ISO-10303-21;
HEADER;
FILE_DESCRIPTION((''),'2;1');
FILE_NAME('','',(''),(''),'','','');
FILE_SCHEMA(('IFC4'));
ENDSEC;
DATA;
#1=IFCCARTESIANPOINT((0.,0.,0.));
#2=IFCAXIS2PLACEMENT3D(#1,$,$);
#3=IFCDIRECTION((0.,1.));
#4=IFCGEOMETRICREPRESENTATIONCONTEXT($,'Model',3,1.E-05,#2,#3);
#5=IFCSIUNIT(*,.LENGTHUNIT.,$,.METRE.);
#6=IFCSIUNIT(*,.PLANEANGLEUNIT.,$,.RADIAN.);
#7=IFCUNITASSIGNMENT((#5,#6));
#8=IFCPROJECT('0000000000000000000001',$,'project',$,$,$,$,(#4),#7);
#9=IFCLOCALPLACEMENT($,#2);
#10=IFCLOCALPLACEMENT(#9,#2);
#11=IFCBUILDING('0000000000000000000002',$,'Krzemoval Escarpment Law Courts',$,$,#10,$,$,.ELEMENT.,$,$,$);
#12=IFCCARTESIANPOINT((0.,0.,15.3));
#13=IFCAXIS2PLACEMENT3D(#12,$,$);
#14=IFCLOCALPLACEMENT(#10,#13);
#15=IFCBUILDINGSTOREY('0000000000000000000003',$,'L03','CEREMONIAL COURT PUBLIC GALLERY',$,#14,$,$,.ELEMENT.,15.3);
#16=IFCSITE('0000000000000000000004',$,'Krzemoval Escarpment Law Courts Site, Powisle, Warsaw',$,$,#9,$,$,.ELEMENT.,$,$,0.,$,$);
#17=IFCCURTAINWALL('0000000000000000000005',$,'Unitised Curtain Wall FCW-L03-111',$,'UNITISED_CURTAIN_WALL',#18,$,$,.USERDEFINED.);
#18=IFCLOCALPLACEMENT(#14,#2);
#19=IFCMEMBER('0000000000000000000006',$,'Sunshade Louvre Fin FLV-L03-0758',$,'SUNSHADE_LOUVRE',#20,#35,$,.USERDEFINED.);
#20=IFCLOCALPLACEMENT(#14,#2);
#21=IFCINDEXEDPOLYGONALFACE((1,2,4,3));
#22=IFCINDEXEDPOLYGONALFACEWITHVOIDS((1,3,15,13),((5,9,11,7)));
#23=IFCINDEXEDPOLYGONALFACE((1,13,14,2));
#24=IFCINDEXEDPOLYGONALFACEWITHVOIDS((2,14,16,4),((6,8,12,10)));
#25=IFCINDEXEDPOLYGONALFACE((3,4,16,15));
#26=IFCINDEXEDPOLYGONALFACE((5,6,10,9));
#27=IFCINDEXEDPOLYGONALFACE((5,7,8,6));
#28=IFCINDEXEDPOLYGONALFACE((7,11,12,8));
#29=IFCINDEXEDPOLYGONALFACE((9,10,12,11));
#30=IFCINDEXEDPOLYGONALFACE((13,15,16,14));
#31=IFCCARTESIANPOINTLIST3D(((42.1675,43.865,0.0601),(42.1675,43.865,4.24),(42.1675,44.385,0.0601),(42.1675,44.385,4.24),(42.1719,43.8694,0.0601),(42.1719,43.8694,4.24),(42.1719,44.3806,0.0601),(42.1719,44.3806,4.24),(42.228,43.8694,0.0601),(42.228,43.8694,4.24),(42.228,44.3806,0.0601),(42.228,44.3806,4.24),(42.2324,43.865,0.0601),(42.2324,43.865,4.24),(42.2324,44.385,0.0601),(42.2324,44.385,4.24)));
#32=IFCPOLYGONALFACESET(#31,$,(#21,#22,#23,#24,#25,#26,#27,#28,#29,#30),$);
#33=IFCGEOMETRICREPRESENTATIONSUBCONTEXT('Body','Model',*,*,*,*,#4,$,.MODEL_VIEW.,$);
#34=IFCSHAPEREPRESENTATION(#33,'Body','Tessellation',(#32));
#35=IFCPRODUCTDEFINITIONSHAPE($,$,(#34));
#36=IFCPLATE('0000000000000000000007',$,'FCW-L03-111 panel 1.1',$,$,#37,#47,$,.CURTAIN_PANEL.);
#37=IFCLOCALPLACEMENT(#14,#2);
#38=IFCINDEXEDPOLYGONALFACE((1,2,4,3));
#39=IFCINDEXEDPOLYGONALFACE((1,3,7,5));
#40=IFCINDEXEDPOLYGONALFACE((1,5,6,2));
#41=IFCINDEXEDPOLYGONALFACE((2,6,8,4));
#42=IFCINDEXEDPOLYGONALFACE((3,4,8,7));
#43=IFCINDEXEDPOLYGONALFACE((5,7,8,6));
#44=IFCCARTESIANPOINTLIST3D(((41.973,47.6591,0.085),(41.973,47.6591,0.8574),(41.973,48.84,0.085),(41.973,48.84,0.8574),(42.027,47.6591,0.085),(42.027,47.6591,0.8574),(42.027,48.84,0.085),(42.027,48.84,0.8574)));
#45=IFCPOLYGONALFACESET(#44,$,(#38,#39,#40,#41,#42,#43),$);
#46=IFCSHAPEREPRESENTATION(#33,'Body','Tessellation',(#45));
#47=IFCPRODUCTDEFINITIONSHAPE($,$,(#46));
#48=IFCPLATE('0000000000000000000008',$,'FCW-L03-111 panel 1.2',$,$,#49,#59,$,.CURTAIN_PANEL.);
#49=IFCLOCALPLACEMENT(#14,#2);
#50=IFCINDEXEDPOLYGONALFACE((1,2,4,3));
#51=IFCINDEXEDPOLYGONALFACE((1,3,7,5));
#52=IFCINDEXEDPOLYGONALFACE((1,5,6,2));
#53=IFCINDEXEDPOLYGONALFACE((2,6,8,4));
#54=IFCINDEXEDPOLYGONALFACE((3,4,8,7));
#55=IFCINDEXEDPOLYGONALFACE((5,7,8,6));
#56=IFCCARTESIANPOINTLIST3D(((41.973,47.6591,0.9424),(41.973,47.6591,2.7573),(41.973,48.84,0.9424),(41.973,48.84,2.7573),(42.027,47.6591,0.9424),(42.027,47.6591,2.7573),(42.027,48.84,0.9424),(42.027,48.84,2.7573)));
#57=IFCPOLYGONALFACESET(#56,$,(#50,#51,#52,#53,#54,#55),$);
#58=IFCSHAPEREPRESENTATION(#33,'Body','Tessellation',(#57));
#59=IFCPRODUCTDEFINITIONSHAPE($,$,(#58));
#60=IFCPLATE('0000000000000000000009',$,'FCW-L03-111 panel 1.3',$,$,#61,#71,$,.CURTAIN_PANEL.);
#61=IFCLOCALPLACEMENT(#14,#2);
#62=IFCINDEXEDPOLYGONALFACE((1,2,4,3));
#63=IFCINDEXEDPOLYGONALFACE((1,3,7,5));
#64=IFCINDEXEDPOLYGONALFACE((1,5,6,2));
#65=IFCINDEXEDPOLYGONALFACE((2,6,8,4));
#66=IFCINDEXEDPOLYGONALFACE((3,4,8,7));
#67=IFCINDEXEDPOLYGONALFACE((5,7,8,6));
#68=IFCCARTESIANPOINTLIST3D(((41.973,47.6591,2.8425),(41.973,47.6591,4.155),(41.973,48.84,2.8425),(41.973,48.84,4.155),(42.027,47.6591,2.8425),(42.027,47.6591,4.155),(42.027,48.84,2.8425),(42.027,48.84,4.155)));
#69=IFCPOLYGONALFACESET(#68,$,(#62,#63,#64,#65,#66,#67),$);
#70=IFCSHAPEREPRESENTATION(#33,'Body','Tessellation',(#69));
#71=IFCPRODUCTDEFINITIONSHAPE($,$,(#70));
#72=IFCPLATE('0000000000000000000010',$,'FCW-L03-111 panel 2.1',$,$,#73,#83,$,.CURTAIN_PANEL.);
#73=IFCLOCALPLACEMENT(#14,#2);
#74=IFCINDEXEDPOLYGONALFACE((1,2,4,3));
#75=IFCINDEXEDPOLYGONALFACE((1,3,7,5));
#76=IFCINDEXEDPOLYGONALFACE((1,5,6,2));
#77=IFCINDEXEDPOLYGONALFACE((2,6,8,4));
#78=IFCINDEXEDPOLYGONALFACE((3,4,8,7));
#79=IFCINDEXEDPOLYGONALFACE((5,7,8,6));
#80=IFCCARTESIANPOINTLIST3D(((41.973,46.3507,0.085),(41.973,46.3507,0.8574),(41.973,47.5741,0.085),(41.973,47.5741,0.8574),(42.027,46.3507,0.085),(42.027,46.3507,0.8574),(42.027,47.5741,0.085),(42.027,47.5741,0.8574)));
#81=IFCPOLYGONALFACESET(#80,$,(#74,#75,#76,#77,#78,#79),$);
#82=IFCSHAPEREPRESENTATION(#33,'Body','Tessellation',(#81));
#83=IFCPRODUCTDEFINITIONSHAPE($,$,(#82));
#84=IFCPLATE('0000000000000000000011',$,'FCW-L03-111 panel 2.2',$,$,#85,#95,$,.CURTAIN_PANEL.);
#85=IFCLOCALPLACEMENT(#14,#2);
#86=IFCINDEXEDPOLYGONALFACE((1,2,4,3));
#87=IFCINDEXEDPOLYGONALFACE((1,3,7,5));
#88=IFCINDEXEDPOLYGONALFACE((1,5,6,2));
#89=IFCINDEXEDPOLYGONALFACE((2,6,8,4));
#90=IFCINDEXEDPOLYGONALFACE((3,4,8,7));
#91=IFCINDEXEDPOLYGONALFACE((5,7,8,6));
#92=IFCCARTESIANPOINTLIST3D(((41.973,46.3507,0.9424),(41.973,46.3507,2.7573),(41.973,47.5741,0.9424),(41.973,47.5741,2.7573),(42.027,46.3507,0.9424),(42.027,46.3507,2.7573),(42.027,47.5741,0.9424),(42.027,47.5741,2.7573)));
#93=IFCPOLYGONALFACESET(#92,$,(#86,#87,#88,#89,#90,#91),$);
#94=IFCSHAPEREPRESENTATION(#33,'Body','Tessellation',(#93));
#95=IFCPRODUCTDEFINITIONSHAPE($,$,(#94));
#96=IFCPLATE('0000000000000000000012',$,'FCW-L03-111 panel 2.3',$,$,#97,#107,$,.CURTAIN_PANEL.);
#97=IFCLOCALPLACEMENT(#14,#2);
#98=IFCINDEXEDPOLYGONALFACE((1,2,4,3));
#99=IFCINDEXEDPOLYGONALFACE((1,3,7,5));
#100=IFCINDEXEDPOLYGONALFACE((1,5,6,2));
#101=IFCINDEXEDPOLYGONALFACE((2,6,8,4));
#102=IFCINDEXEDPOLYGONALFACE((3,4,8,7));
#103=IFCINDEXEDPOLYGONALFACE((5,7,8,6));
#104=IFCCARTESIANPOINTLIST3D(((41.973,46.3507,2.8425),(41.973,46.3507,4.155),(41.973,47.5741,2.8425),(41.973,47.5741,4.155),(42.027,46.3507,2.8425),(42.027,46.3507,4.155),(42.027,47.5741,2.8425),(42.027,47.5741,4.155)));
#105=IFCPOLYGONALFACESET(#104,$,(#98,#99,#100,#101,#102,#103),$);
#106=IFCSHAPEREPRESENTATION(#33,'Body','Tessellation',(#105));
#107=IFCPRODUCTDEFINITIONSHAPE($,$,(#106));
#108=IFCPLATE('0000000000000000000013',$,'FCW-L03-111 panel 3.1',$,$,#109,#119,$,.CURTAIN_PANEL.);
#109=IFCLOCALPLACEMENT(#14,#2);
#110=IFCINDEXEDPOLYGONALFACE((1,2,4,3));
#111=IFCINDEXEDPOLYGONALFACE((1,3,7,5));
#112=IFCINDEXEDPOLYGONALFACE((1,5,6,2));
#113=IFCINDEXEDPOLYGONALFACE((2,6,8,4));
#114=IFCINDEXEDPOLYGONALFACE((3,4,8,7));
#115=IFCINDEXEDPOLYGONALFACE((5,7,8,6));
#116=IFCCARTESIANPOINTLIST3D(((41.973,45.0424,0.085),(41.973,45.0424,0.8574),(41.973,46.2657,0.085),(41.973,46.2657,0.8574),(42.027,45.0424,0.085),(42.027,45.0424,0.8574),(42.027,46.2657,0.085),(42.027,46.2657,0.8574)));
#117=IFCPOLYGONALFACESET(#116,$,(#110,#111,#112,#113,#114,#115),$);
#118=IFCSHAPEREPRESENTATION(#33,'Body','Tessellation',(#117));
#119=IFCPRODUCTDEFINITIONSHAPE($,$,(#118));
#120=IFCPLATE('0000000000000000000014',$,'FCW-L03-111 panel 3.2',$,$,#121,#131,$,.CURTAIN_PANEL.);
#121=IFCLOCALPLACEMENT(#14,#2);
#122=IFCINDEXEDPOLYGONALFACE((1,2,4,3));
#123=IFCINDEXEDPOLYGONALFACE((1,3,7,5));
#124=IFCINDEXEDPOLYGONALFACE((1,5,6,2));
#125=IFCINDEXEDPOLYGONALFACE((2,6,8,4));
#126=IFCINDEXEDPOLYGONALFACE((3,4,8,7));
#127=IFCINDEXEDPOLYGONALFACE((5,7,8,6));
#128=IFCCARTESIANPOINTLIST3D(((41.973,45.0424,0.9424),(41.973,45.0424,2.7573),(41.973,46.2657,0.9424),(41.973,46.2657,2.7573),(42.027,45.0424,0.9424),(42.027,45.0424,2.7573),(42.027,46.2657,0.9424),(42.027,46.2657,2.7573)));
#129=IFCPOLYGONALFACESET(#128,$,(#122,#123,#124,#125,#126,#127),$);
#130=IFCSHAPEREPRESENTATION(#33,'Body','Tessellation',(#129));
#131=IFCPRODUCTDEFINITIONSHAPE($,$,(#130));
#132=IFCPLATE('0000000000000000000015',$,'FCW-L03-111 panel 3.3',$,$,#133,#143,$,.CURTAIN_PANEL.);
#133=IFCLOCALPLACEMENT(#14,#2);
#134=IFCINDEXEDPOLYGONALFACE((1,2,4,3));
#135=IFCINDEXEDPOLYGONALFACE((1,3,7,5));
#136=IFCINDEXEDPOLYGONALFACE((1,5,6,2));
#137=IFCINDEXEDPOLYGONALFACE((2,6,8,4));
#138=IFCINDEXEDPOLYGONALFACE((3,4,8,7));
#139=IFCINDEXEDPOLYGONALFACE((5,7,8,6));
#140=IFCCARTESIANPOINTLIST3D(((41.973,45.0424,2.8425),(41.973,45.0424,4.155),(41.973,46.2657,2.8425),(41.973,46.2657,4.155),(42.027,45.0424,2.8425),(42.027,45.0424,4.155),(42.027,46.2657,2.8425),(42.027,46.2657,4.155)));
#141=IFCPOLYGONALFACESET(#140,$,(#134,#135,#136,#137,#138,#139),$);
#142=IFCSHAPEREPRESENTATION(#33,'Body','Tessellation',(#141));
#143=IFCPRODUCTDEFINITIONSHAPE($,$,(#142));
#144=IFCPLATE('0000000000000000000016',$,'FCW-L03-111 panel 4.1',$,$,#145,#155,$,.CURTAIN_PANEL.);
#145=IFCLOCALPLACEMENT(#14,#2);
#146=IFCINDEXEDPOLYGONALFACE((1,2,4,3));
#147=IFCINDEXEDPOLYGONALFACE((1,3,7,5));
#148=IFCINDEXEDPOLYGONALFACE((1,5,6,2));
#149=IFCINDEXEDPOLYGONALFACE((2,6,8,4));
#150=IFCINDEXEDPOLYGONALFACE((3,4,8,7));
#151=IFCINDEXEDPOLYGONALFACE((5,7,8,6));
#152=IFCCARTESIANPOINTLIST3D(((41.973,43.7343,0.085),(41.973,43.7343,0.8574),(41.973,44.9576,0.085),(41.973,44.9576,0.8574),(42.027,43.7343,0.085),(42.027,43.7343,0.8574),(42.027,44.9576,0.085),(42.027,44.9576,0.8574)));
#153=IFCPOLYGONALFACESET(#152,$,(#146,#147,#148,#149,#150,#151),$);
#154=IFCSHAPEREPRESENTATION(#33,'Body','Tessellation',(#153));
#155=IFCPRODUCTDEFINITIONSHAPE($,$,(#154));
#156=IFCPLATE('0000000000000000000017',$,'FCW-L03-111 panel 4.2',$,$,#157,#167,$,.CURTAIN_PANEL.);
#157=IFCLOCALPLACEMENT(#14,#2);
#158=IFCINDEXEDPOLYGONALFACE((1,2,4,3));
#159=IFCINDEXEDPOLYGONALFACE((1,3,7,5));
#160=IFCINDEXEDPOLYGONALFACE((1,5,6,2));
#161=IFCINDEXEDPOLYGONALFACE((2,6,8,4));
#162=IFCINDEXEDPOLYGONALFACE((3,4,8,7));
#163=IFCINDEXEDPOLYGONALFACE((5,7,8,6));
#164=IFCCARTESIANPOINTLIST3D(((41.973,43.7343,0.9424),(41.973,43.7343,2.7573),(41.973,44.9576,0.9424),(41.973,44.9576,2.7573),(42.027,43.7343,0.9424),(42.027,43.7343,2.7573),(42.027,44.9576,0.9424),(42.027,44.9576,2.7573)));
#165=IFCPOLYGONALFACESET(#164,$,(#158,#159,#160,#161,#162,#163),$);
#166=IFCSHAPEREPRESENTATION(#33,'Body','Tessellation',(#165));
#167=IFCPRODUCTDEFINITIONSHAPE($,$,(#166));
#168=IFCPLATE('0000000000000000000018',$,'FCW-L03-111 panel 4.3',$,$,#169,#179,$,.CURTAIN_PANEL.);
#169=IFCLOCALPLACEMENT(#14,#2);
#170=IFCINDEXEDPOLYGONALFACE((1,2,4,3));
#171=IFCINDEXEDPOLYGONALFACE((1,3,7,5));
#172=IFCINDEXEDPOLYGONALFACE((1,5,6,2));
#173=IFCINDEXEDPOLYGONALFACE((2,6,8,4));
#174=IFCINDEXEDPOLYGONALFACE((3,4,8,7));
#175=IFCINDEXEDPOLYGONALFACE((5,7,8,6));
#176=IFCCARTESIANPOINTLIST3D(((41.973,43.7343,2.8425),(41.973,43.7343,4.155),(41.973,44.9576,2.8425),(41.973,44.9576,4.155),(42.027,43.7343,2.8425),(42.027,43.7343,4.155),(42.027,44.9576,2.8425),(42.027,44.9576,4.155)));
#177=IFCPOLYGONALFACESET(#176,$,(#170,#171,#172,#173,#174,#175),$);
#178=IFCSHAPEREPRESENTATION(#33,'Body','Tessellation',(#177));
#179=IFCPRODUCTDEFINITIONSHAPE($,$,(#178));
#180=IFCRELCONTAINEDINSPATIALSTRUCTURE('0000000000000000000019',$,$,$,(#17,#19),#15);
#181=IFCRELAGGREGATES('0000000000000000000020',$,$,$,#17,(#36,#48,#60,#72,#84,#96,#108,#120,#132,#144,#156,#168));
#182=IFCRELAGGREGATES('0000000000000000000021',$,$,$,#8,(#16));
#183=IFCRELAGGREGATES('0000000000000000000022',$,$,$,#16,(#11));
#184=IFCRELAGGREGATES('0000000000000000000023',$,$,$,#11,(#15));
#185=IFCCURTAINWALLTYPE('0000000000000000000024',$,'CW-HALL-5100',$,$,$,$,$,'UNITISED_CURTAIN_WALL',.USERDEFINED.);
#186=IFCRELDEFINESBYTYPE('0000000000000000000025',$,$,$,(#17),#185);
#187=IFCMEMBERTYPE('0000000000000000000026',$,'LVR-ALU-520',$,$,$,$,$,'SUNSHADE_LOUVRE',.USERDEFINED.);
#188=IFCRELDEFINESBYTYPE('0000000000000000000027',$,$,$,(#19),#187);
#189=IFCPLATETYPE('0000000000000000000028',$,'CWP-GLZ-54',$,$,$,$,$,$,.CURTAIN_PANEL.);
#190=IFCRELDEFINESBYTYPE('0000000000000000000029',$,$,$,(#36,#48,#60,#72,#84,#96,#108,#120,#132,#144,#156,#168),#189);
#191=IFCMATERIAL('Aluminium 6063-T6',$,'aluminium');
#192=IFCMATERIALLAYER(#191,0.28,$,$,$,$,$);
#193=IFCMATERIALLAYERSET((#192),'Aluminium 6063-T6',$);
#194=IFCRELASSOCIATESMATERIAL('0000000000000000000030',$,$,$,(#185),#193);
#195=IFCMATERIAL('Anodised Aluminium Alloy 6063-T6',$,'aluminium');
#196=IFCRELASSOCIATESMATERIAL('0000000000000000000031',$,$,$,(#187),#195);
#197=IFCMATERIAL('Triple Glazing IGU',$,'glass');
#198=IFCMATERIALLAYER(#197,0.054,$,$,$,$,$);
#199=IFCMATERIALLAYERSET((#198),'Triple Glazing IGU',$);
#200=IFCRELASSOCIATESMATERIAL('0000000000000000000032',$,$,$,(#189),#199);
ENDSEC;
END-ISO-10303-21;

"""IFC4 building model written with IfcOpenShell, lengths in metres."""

from ifc_helpers import new_model, si_unit, direction, frame, origin, origin_2d, place, context, subcontext, project, spatial, rectangle, hollow_rectangle, extrude, material, layer, layer_set, material_profile, profile_set, type_object, element, aggregate, save


model = new_model("IFC4")

# Units and contexts
model_context = context("Model", 3, precision=1e-05, world=origin(), true_north=direction((0.0, 1.0)))
body_context = subcontext(model_context, "Body", "Model", "MODEL_VIEW")
ifc_project = project(units=[si_unit("LENGTHUNIT", "METRE"), si_unit("PLANEANGLEUNIT", "RADIAN")], contexts=[model_context])

# Site, building, storey
site_placement = place(None, origin())
site = spatial("IfcSite", under=ifc_project, at=site_placement, Name="Krzemoval Escarpment Law Courts Site, Powisle, Warsaw", CompositionType="ELEMENT", RefElevation=0.0)
building_placement = place(site_placement, origin())
building = spatial("IfcBuilding", under=site, at=building_placement, Name="Krzemoval Escarpment Law Courts", CompositionType="ELEMENT")
storey_placement = place(building_placement, frame((0.0, 0.0, 15.3)))
storey = spatial("IfcBuildingStorey", under=building, at=storey_placement, Name="L03", Description="CEREMONIAL COURT PUBLIC GALLERY", CompositionType="ELEMENT", Elevation=15.3)

# Curtain wall
ifc_material_1 = material(Name="Aluminium 6063-T6", Category="aluminium")
ifc_layer_1 = layer(ifc_material_1, 0.28)
ifc_layer_set_1 = layer_set([ifc_layer_1], Name="Aluminium 6063-T6")
curtain_wall_type = type_object("IfcCurtainWallType", Name="CW-HALL-5100", ElementType="UNITISED_CURTAIN_WALL", PredefinedType="USERDEFINED", material=ifc_layer_set_1)
curtain_wall_placement = place(storey_placement, origin())
curtain_wall = element("IfcCurtainWall", 1, at=curtain_wall_placement, inside=storey, type_object=curtain_wall_type, Name="Unitised Curtain Wall FCW-L03-111", ObjectType="UNITISED_CURTAIN_WALL", PredefinedType="USERDEFINED")

# Member
ifc_material_2 = material(Name="Anodised Aluminium Alloy 6063-T6", Category="aluminium")
ifc_material_profile_1 = material_profile(ifc_material_2, hollow_rectangle(XDim=0.0649, YDim=0.52, WallThickness=0.0044, at=origin_2d()), Name="ALU LVR 65x520")
ifc_profile_set_1 = profile_set([ifc_material_profile_1], Name="Anodised Aluminium Alloy 6063-T6")
member_type_1 = type_object("IfcMemberType", Name="LVR-ALU-520", ElementType="SUNSHADE_LOUVRE", PredefinedType="USERDEFINED", material=ifc_profile_set_1)
for number, where, z_axis, x_axis, name in (
    (2, (42.2, 44.125, 0.0601), (0.0, 0.0, 1.0), (1.0, 0.0, 0.0), "Sunshade Louvre Fin FLV-L03-0758"),
):
    element("IfcMember", number, at=place(storey_placement, frame(where, z_axis=z_axis, x_axis=x_axis)), inside=storey, type_object=member_type_1, Name=name, ObjectType="SUNSHADE_LOUVRE", PredefinedType="USERDEFINED", context=body_context, shape_type="SweptSolid", body=[
        extrude(hollow_rectangle(XDim=0.0649, YDim=0.52, WallThickness=0.0044, at=origin_2d()), origin(), (0.0, 0.0, 1.0), 4.1799),
    ])

# Plates
ifc_material_3 = material(Name="Triple Glazing IGU", Category="glass")
ifc_layer_2 = layer(ifc_material_3, 0.054)
ifc_layer_set_2 = layer_set([ifc_layer_2], Name="Triple Glazing IGU")
plate_type = type_object("IfcPlateType", Name="CWP-GLZ-54", PredefinedType="CURTAIN_PANEL", material=ifc_layer_set_2)
plate_1_placement = place(storey_placement, frame((42.0, 48.2495, 0.085), z_axis=(0.0, 0.0, 1.0), x_axis=(0.0, -1.0, 0.0)))
plate_1 = element("IfcPlate", 3, at=plate_1_placement, type_object=plate_type, Name="FCW-L03-111 panel 1.1", PredefinedType="CURTAIN_PANEL", context=body_context, shape_type="SweptSolid", body=[
    extrude(rectangle(XDim=1.1809, YDim=0.054, at=origin_2d()), origin(), (0.0, 0.0, 1.0), 0.7725),
])
plate_2_placement = place(storey_placement, frame((42.0, 48.2495, 0.9424), z_axis=(0.0, 0.0, 1.0), x_axis=(0.0, -1.0, 0.0)))
plate_2 = element("IfcPlate", 4, at=plate_2_placement, type_object=plate_type, Name="FCW-L03-111 panel 1.2", PredefinedType="CURTAIN_PANEL", context=body_context, shape_type="SweptSolid", body=[
    extrude(rectangle(XDim=1.1809, YDim=0.054, at=origin_2d()), origin(), (0.0, 0.0, 1.0), 1.8149),
])
plate_3_placement = place(storey_placement, frame((42.0, 48.2495, 2.8425), z_axis=(0.0, 0.0, 1.0), x_axis=(0.0, -1.0, 0.0)))
plate_3 = element("IfcPlate", 5, at=plate_3_placement, type_object=plate_type, Name="FCW-L03-111 panel 1.3", PredefinedType="CURTAIN_PANEL", context=body_context, shape_type="SweptSolid", body=[
    extrude(rectangle(XDim=1.1809, YDim=0.054, at=origin_2d()), origin(), (0.0, 0.0, 1.0), 1.3125),
])
plate_4_placement = place(storey_placement, frame((42.0, 46.9624, 0.085), z_axis=(0.0, 0.0, 1.0), x_axis=(0.0, -1.0, 0.0)))
plate_4 = element("IfcPlate", 6, at=plate_4_placement, type_object=plate_type, Name="FCW-L03-111 panel 2.1", PredefinedType="CURTAIN_PANEL", context=body_context, shape_type="SweptSolid", body=[
    extrude(rectangle(XDim=1.2234, YDim=0.054, at=origin_2d()), origin(), (0.0, 0.0, 1.0), 0.7725),
])
plate_5_placement = place(storey_placement, frame((42.0, 46.9624, 0.9424), z_axis=(0.0, 0.0, 1.0), x_axis=(0.0, -1.0, 0.0)))
plate_5 = element("IfcPlate", 7, at=plate_5_placement, type_object=plate_type, Name="FCW-L03-111 panel 2.2", PredefinedType="CURTAIN_PANEL", context=body_context, shape_type="SweptSolid", body=[
    extrude(rectangle(XDim=1.2234, YDim=0.054, at=origin_2d()), origin(), (0.0, 0.0, 1.0), 1.8149),
])
plate_6_placement = place(storey_placement, frame((42.0, 46.9624, 2.8425), z_axis=(0.0, 0.0, 1.0), x_axis=(0.0, -1.0, 0.0)))
plate_6 = element("IfcPlate", 8, at=plate_6_placement, type_object=plate_type, Name="FCW-L03-111 panel 2.3", PredefinedType="CURTAIN_PANEL", context=body_context, shape_type="SweptSolid", body=[
    extrude(rectangle(XDim=1.2234, YDim=0.054, at=origin_2d()), origin(), (0.0, 0.0, 1.0), 1.3125),
])
plate_7_placement = place(storey_placement, frame((42.0, 45.6541, 0.085), z_axis=(0.0, 0.0, 1.0), x_axis=(0.0, -1.0, 0.0)))
plate_7 = element("IfcPlate", 9, at=plate_7_placement, type_object=plate_type, Name="FCW-L03-111 panel 3.1", PredefinedType="CURTAIN_PANEL", context=body_context, shape_type="SweptSolid", body=[
    extrude(rectangle(XDim=1.2234, YDim=0.054, at=origin_2d()), origin(), (0.0, 0.0, 1.0), 0.7725),
])
plate_8_placement = place(storey_placement, frame((42.0, 45.6541, 0.9424), z_axis=(0.0, 0.0, 1.0), x_axis=(0.0, -1.0, 0.0)))
plate_8 = element("IfcPlate", 10, at=plate_8_placement, type_object=plate_type, Name="FCW-L03-111 panel 3.2", PredefinedType="CURTAIN_PANEL", context=body_context, shape_type="SweptSolid", body=[
    extrude(rectangle(XDim=1.2234, YDim=0.054, at=origin_2d()), origin(), (0.0, 0.0, 1.0), 1.8149),
])
plate_9_placement = place(storey_placement, frame((42.0, 45.6541, 2.8425), z_axis=(0.0, 0.0, 1.0), x_axis=(0.0, -1.0, 0.0)))
plate_9 = element("IfcPlate", 11, at=plate_9_placement, type_object=plate_type, Name="FCW-L03-111 panel 3.3", PredefinedType="CURTAIN_PANEL", context=body_context, shape_type="SweptSolid", body=[
    extrude(rectangle(XDim=1.2234, YDim=0.054, at=origin_2d()), origin(), (0.0, 0.0, 1.0), 1.3125),
])
plate_10_placement = place(storey_placement, frame((42.0, 44.3459, 0.085), z_axis=(0.0, 0.0, 1.0), x_axis=(0.0, -1.0, 0.0)))
plate_10 = element("IfcPlate", 12, at=plate_10_placement, type_object=plate_type, Name="FCW-L03-111 panel 4.1", PredefinedType="CURTAIN_PANEL", context=body_context, shape_type="SweptSolid", body=[
    extrude(rectangle(XDim=1.2234, YDim=0.054, at=origin_2d()), origin(), (0.0, 0.0, 1.0), 0.7725),
])
plate_11_placement = place(storey_placement, frame((42.0, 44.3459, 0.9424), z_axis=(0.0, 0.0, 1.0), x_axis=(0.0, -1.0, 0.0)))
plate_11 = element("IfcPlate", 13, at=plate_11_placement, type_object=plate_type, Name="FCW-L03-111 panel 4.2", PredefinedType="CURTAIN_PANEL", context=body_context, shape_type="SweptSolid", body=[
    extrude(rectangle(XDim=1.2234, YDim=0.054, at=origin_2d()), origin(), (0.0, 0.0, 1.0), 1.8149),
])
plate_12_placement = place(storey_placement, frame((42.0, 44.3459, 2.8425), z_axis=(0.0, 0.0, 1.0), x_axis=(0.0, -1.0, 0.0)))
plate_12 = element("IfcPlate", 14, at=plate_12_placement, type_object=plate_type, Name="FCW-L03-111 panel 4.3", PredefinedType="CURTAIN_PANEL", context=body_context, shape_type="SweptSolid", body=[
    extrude(rectangle(XDim=1.2234, YDim=0.054, at=origin_2d()), origin(), (0.0, 0.0, 1.0), 1.3125),
])
aggregate(curtain_wall, [plate_1, plate_2, plate_3, plate_4, plate_5, plate_6, plate_7, plate_8, plate_9, plate_10, plate_11, plate_12])

save(model, "model.ifc")
